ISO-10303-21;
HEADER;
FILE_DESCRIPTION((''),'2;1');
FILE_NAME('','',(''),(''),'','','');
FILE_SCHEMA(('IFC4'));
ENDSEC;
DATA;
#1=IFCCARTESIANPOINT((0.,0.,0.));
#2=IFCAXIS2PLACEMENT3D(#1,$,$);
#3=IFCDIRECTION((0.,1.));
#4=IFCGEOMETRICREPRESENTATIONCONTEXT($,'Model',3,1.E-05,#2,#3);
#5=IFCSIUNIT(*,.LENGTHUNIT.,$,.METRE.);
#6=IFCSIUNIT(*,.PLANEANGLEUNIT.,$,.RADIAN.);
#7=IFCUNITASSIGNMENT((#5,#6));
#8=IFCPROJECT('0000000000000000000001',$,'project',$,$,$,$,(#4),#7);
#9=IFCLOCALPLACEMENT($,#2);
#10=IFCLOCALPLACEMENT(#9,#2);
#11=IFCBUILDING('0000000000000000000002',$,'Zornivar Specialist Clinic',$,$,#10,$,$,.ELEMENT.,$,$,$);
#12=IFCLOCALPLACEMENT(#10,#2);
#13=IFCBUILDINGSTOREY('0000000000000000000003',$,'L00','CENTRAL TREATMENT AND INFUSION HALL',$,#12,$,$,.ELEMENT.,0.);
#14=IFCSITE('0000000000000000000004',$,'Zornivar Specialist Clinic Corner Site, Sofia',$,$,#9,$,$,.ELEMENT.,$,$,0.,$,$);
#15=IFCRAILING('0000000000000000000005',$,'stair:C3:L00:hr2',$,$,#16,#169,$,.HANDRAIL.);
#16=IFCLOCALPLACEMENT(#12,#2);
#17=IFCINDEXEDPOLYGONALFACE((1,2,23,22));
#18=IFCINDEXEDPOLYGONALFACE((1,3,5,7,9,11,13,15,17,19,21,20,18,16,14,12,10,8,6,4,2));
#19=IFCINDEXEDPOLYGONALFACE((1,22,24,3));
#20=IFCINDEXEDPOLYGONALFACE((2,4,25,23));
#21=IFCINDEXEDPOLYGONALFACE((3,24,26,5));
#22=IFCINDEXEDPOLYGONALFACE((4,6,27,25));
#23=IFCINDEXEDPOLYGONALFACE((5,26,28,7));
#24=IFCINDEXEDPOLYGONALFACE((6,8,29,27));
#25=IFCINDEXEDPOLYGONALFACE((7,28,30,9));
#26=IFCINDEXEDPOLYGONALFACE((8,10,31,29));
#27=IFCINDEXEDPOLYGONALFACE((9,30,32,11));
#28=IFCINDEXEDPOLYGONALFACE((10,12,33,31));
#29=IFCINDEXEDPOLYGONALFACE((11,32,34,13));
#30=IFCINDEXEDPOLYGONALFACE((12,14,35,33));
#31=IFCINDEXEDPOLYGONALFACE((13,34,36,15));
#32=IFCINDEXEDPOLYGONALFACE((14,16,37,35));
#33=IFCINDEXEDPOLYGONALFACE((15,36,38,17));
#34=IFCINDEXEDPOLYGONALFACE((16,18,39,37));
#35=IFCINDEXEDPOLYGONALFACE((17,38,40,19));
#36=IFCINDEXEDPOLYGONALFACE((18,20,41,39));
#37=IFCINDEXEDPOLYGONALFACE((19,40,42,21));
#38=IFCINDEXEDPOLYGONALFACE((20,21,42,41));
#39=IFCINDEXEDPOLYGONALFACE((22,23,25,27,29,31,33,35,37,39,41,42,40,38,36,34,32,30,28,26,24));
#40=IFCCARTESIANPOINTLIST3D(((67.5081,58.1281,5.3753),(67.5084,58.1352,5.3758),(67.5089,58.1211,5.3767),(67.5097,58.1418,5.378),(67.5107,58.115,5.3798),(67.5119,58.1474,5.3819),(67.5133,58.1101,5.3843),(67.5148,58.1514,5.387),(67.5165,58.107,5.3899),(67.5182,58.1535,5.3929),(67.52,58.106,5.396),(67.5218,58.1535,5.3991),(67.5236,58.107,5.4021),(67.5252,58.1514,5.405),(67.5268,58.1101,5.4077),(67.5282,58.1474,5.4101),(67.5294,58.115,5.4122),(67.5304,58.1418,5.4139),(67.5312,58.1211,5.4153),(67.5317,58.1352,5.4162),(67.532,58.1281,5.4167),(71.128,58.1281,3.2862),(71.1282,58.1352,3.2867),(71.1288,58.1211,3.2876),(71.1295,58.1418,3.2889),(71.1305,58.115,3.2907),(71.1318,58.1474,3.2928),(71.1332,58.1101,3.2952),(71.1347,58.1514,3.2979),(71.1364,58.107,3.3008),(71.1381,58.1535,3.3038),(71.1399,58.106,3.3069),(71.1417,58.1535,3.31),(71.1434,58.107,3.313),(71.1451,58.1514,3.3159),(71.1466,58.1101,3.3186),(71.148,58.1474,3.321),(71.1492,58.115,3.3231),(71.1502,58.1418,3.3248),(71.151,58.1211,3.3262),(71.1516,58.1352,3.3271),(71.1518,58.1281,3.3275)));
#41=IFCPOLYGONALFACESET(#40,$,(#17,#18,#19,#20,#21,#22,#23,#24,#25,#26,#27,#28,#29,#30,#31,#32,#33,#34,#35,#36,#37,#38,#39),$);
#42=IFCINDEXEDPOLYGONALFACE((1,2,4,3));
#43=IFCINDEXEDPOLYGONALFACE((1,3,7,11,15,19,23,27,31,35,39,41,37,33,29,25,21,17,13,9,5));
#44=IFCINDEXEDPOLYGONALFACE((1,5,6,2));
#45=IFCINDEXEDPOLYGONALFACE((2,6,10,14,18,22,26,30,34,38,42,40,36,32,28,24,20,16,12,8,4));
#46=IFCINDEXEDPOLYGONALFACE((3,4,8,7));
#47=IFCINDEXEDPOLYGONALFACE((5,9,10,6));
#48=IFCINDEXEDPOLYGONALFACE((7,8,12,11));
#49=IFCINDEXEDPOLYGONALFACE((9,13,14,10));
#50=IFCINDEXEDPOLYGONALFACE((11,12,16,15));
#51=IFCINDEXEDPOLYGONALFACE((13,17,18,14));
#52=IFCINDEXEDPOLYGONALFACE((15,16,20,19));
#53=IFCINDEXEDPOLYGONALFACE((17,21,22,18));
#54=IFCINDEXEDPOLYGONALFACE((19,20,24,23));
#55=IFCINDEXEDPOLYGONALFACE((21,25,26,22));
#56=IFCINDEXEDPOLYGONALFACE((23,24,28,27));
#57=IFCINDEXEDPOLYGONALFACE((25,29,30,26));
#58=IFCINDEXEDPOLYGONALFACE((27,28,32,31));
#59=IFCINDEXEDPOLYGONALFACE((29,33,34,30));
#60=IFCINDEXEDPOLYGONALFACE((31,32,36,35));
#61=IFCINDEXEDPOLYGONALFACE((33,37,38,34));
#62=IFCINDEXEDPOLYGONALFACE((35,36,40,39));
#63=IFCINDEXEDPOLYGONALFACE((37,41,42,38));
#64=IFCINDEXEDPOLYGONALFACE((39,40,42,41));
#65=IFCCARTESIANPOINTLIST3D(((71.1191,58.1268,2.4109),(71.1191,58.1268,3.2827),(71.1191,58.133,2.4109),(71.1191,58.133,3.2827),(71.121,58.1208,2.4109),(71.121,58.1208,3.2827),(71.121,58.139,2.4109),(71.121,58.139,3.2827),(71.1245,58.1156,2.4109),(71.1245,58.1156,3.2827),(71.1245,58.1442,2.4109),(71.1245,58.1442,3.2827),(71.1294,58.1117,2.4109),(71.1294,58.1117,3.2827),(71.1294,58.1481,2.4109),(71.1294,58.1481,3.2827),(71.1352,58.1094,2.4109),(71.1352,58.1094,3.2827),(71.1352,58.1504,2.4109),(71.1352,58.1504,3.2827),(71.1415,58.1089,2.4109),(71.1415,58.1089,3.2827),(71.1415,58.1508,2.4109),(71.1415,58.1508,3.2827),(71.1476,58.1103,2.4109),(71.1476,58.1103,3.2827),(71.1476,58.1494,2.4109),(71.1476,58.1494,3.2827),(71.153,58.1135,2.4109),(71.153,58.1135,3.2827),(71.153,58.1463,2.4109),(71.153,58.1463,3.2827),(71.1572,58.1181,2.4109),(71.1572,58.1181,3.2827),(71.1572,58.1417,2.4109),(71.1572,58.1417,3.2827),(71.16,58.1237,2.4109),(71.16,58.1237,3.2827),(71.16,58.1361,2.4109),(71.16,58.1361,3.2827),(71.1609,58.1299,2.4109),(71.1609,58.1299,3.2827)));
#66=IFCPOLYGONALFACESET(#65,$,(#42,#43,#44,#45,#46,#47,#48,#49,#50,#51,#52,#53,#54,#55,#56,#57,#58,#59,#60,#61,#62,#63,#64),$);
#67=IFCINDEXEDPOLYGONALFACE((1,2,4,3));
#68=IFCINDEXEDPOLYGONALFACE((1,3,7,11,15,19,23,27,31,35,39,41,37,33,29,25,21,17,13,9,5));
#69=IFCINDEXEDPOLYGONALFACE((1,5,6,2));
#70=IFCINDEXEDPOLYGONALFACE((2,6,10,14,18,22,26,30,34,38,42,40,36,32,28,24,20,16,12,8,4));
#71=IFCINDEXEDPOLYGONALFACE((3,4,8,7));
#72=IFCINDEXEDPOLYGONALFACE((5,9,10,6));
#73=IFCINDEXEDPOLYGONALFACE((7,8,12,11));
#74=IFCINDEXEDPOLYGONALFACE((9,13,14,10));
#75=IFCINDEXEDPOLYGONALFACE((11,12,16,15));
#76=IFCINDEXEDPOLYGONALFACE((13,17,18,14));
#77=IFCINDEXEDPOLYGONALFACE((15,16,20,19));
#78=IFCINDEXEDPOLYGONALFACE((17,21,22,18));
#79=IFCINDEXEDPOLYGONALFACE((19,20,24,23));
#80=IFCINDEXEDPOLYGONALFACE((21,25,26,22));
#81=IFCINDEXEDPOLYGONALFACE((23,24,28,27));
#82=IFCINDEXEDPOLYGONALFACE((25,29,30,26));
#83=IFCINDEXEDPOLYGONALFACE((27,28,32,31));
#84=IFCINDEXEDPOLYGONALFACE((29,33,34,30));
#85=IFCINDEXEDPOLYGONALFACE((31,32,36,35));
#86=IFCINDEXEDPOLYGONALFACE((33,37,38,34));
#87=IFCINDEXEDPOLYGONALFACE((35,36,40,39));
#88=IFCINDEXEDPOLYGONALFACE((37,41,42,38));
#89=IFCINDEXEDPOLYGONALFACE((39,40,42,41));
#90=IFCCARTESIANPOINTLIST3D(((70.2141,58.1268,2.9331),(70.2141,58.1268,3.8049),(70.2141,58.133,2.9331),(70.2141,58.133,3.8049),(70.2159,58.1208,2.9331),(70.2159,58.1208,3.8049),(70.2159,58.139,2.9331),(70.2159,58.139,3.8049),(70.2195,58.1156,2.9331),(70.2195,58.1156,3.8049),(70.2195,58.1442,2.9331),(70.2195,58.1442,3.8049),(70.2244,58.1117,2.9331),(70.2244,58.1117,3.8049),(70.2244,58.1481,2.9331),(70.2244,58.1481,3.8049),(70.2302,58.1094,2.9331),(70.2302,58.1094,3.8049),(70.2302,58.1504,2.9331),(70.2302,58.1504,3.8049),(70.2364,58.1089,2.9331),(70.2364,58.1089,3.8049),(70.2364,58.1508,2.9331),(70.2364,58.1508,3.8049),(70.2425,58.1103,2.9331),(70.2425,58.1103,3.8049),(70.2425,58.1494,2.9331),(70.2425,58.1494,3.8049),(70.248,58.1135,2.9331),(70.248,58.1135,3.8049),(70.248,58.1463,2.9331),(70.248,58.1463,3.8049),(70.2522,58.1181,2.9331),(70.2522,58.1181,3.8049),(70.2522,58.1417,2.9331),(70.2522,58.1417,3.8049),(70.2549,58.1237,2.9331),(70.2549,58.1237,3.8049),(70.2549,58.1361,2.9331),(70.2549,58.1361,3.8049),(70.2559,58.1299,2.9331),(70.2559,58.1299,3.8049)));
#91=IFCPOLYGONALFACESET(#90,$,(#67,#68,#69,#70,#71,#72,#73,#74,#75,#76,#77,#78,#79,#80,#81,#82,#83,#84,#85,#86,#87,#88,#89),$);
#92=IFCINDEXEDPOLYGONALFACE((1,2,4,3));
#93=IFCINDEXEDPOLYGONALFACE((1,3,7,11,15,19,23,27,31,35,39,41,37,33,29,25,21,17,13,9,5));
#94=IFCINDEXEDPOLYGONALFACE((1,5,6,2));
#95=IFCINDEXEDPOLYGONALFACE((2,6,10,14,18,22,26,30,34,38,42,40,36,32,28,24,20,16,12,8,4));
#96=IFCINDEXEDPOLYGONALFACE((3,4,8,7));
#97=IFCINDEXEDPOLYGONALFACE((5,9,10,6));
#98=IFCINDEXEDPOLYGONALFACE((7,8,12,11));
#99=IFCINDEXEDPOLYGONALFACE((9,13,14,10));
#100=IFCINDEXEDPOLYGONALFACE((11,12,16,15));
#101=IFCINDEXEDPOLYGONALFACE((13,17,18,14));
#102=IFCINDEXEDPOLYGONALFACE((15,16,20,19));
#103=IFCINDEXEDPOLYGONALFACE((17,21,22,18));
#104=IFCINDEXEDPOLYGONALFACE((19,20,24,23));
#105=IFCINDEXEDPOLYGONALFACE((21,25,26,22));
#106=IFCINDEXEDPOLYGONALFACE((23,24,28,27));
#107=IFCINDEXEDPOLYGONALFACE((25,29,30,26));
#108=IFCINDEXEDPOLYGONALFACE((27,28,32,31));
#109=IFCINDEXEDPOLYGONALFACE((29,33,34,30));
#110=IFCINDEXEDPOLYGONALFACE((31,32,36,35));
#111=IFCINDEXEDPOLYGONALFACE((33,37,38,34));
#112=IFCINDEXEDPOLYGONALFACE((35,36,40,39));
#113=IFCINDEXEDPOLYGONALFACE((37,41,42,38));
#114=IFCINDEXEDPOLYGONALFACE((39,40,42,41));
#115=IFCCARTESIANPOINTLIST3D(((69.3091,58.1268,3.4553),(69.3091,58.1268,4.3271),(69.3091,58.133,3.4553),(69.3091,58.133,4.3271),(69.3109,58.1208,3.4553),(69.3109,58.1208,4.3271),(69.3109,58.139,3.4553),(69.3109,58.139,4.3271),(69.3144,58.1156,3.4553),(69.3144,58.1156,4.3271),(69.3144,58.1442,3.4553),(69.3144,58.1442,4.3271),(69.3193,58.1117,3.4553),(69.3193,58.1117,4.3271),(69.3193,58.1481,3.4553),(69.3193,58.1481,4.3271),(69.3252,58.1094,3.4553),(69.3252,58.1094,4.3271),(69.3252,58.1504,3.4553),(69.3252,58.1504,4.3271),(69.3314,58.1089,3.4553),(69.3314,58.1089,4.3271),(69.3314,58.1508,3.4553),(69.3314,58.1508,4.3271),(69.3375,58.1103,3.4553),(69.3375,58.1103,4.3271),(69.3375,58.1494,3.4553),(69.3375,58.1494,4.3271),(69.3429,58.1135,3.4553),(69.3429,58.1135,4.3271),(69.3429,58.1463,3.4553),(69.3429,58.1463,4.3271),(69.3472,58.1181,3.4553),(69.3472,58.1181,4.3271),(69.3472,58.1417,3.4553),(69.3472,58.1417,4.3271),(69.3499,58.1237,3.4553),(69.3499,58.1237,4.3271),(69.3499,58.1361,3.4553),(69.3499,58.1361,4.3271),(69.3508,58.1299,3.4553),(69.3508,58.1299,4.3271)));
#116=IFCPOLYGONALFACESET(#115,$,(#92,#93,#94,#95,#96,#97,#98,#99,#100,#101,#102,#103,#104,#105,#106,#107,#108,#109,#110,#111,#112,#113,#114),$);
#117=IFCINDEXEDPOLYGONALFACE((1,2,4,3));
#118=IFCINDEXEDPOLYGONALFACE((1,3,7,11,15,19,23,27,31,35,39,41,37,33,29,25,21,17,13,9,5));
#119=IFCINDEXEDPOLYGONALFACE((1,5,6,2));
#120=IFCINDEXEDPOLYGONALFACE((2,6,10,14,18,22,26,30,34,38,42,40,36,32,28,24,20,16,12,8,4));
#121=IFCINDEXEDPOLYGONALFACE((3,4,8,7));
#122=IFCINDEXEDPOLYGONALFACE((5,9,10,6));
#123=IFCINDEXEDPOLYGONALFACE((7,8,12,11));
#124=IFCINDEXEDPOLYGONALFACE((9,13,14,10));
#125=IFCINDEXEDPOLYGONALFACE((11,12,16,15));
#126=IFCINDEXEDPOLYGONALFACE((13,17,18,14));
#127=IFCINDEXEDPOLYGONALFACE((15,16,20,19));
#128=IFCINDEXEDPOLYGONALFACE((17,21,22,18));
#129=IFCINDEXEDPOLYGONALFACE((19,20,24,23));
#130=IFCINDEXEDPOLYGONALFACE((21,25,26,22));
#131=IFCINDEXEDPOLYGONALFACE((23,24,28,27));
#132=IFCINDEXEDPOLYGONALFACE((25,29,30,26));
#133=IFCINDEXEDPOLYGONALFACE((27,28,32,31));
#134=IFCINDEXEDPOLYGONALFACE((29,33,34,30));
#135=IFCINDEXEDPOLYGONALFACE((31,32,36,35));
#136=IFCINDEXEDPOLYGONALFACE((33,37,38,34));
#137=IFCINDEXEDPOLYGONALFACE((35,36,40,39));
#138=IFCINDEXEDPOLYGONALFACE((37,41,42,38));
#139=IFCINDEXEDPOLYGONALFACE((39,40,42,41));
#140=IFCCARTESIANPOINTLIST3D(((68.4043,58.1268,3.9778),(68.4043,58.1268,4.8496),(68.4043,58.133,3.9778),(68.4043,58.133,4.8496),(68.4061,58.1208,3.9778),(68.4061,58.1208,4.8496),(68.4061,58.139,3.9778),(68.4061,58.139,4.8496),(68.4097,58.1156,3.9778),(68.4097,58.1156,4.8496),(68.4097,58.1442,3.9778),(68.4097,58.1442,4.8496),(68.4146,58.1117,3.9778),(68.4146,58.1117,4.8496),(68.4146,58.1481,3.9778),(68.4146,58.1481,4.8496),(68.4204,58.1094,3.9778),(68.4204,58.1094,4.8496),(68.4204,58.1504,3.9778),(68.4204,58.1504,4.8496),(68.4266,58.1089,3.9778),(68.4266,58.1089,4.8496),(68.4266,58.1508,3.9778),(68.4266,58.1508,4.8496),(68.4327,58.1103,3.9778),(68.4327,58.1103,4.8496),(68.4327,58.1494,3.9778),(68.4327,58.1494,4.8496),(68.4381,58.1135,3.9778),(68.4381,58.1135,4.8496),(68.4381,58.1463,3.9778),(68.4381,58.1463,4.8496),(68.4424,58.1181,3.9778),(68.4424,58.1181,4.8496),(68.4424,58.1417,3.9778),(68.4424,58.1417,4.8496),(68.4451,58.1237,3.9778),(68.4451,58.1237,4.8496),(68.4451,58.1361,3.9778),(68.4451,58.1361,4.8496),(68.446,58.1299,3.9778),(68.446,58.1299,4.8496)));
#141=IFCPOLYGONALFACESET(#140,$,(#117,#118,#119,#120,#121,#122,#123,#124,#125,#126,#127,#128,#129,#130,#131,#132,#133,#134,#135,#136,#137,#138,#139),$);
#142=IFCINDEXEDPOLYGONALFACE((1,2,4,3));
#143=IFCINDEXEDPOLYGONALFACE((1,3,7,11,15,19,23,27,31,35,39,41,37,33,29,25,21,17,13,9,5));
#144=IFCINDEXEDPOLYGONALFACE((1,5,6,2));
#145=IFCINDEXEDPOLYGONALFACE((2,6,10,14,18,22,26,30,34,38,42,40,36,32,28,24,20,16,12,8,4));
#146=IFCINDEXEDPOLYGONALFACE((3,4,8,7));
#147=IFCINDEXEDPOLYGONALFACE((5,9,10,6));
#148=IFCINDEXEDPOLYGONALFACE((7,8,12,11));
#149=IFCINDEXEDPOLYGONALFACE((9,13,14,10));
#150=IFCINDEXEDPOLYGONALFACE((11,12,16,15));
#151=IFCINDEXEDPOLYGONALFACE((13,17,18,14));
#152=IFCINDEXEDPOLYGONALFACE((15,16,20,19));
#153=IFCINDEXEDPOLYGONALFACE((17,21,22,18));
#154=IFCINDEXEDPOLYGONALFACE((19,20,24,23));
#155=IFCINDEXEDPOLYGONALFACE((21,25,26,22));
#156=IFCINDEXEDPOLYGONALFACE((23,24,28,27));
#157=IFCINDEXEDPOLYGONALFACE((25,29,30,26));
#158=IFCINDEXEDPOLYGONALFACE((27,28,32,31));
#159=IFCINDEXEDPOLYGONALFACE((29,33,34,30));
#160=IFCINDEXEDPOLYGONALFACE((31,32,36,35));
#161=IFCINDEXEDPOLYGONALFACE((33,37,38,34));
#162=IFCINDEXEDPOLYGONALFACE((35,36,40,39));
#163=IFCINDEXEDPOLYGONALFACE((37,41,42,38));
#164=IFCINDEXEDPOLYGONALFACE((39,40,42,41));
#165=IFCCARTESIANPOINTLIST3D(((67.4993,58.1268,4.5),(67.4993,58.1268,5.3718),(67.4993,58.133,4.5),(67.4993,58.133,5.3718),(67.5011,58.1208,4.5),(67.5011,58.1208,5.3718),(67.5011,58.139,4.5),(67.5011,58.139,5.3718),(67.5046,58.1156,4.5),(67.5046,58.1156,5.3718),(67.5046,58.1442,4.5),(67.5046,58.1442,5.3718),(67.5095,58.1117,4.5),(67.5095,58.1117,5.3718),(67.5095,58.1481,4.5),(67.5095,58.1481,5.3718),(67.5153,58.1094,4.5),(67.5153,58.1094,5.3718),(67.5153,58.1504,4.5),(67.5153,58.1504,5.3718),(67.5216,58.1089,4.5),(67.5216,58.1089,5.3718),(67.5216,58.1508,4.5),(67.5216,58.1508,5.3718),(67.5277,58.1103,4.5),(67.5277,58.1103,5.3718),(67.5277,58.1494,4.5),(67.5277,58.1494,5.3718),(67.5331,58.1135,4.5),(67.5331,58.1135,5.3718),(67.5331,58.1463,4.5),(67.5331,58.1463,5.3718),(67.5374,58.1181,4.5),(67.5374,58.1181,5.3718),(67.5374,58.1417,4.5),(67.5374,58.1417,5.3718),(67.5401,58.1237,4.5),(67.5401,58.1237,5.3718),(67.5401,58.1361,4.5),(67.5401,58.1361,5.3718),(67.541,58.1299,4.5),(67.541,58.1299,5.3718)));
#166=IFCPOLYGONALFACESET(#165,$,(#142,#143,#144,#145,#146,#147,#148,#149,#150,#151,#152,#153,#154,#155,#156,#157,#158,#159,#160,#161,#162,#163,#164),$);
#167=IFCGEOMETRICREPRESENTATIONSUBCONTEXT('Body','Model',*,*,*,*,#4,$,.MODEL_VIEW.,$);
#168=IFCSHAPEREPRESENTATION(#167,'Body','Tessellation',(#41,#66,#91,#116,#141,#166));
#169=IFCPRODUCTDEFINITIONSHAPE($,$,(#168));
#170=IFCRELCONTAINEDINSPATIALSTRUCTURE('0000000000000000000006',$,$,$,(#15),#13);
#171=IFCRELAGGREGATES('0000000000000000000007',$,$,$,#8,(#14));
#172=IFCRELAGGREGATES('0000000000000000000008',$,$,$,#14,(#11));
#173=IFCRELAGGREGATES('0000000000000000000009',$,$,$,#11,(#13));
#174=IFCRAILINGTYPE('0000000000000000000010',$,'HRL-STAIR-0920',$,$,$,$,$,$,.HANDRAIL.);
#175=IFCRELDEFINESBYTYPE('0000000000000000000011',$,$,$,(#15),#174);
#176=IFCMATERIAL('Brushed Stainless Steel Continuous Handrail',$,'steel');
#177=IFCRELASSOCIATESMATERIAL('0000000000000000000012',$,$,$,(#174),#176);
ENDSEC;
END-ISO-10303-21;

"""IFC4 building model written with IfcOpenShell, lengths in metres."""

from ifc_helpers import new_model, si_unit, direction, frame, origin, origin_2d, place, context, subcontext, project, spatial, circle, extrude, material, type_object, element, save


model = new_model("IFC4")

# Units and contexts
model_context = context("Model", 3, precision=1e-05, world=origin(), true_north=direction((0.0, 1.0)))
body_context = subcontext(model_context, "Body", "Model", "MODEL_VIEW")
ifc_project = project(units=[si_unit("LENGTHUNIT", "METRE"), si_unit("PLANEANGLEUNIT", "RADIAN")], contexts=[model_context])

# Site, building, storey
site_placement = place(None, origin())
site = spatial("IfcSite", under=ifc_project, at=site_placement, Name="Zornivar Specialist Clinic Corner Site, Sofia", CompositionType="ELEMENT", RefElevation=0.0)
building_placement = place(site_placement, origin())
building = spatial("IfcBuilding", under=site, at=building_placement, Name="Zornivar Specialist Clinic", CompositionType="ELEMENT")
storey_placement = place(building_placement, origin())
storey = spatial("IfcBuildingStorey", under=building, at=storey_placement, Name="L00", Description="CENTRAL TREATMENT AND INFUSION HALL", CompositionType="ELEMENT", Elevation=0.0)

# Railing
ifc_material_1 = material(Name="Brushed Stainless Steel Continuous Handrail", Category="steel")
railing_type_1 = type_object("IfcRailingType", Name="HRL-STAIR-0920", PredefinedType="HANDRAIL", material=ifc_material_1)
railing_1_placement = place(storey_placement, frame((71.1399, 58.1299, 2.4109)))
element("IfcRailing", 1, at=railing_1_placement, inside=storey, type_object=railing_type_1, Name="stair:C3:L00:hr2", PredefinedType="HANDRAIL", context=body_context, shape_type="SweptSolid", body=[
    extrude(circle(Radius=0.0239, at=origin_2d()), frame((0.0, 0.0, 0.896), z_axis=(-0.866111, 0.0, 0.499852), x_axis=(0.0, -1.0, 0.0)), (0.0, 0.0, 1.0), 4.1794),
    extrude(circle(Radius=0.021, at=origin_2d()), origin(), (0.0, 0.0, 1.0), 0.8718),
    extrude(circle(Radius=0.021, at=origin_2d()), frame((-0.905, 0.0, 0.5222)), (0.0, 0.0, 1.0), 0.8718),
    extrude(circle(Radius=0.021, at=origin_2d()), frame((-1.8101, 0.0, 1.0444)), (0.0, 0.0, 1.0), 0.8718),
    extrude(circle(Radius=0.021, at=origin_2d()), frame((-2.7148, 0.0, 1.5669)), (0.0, 0.0, 1.0), 0.8718),
    extrude(circle(Radius=0.021, at=origin_2d()), frame((-3.6199, 0.0, 2.0891)), (0.0, 0.0, 1.0), 0.8718),
])

save(model, "model.ifc")
